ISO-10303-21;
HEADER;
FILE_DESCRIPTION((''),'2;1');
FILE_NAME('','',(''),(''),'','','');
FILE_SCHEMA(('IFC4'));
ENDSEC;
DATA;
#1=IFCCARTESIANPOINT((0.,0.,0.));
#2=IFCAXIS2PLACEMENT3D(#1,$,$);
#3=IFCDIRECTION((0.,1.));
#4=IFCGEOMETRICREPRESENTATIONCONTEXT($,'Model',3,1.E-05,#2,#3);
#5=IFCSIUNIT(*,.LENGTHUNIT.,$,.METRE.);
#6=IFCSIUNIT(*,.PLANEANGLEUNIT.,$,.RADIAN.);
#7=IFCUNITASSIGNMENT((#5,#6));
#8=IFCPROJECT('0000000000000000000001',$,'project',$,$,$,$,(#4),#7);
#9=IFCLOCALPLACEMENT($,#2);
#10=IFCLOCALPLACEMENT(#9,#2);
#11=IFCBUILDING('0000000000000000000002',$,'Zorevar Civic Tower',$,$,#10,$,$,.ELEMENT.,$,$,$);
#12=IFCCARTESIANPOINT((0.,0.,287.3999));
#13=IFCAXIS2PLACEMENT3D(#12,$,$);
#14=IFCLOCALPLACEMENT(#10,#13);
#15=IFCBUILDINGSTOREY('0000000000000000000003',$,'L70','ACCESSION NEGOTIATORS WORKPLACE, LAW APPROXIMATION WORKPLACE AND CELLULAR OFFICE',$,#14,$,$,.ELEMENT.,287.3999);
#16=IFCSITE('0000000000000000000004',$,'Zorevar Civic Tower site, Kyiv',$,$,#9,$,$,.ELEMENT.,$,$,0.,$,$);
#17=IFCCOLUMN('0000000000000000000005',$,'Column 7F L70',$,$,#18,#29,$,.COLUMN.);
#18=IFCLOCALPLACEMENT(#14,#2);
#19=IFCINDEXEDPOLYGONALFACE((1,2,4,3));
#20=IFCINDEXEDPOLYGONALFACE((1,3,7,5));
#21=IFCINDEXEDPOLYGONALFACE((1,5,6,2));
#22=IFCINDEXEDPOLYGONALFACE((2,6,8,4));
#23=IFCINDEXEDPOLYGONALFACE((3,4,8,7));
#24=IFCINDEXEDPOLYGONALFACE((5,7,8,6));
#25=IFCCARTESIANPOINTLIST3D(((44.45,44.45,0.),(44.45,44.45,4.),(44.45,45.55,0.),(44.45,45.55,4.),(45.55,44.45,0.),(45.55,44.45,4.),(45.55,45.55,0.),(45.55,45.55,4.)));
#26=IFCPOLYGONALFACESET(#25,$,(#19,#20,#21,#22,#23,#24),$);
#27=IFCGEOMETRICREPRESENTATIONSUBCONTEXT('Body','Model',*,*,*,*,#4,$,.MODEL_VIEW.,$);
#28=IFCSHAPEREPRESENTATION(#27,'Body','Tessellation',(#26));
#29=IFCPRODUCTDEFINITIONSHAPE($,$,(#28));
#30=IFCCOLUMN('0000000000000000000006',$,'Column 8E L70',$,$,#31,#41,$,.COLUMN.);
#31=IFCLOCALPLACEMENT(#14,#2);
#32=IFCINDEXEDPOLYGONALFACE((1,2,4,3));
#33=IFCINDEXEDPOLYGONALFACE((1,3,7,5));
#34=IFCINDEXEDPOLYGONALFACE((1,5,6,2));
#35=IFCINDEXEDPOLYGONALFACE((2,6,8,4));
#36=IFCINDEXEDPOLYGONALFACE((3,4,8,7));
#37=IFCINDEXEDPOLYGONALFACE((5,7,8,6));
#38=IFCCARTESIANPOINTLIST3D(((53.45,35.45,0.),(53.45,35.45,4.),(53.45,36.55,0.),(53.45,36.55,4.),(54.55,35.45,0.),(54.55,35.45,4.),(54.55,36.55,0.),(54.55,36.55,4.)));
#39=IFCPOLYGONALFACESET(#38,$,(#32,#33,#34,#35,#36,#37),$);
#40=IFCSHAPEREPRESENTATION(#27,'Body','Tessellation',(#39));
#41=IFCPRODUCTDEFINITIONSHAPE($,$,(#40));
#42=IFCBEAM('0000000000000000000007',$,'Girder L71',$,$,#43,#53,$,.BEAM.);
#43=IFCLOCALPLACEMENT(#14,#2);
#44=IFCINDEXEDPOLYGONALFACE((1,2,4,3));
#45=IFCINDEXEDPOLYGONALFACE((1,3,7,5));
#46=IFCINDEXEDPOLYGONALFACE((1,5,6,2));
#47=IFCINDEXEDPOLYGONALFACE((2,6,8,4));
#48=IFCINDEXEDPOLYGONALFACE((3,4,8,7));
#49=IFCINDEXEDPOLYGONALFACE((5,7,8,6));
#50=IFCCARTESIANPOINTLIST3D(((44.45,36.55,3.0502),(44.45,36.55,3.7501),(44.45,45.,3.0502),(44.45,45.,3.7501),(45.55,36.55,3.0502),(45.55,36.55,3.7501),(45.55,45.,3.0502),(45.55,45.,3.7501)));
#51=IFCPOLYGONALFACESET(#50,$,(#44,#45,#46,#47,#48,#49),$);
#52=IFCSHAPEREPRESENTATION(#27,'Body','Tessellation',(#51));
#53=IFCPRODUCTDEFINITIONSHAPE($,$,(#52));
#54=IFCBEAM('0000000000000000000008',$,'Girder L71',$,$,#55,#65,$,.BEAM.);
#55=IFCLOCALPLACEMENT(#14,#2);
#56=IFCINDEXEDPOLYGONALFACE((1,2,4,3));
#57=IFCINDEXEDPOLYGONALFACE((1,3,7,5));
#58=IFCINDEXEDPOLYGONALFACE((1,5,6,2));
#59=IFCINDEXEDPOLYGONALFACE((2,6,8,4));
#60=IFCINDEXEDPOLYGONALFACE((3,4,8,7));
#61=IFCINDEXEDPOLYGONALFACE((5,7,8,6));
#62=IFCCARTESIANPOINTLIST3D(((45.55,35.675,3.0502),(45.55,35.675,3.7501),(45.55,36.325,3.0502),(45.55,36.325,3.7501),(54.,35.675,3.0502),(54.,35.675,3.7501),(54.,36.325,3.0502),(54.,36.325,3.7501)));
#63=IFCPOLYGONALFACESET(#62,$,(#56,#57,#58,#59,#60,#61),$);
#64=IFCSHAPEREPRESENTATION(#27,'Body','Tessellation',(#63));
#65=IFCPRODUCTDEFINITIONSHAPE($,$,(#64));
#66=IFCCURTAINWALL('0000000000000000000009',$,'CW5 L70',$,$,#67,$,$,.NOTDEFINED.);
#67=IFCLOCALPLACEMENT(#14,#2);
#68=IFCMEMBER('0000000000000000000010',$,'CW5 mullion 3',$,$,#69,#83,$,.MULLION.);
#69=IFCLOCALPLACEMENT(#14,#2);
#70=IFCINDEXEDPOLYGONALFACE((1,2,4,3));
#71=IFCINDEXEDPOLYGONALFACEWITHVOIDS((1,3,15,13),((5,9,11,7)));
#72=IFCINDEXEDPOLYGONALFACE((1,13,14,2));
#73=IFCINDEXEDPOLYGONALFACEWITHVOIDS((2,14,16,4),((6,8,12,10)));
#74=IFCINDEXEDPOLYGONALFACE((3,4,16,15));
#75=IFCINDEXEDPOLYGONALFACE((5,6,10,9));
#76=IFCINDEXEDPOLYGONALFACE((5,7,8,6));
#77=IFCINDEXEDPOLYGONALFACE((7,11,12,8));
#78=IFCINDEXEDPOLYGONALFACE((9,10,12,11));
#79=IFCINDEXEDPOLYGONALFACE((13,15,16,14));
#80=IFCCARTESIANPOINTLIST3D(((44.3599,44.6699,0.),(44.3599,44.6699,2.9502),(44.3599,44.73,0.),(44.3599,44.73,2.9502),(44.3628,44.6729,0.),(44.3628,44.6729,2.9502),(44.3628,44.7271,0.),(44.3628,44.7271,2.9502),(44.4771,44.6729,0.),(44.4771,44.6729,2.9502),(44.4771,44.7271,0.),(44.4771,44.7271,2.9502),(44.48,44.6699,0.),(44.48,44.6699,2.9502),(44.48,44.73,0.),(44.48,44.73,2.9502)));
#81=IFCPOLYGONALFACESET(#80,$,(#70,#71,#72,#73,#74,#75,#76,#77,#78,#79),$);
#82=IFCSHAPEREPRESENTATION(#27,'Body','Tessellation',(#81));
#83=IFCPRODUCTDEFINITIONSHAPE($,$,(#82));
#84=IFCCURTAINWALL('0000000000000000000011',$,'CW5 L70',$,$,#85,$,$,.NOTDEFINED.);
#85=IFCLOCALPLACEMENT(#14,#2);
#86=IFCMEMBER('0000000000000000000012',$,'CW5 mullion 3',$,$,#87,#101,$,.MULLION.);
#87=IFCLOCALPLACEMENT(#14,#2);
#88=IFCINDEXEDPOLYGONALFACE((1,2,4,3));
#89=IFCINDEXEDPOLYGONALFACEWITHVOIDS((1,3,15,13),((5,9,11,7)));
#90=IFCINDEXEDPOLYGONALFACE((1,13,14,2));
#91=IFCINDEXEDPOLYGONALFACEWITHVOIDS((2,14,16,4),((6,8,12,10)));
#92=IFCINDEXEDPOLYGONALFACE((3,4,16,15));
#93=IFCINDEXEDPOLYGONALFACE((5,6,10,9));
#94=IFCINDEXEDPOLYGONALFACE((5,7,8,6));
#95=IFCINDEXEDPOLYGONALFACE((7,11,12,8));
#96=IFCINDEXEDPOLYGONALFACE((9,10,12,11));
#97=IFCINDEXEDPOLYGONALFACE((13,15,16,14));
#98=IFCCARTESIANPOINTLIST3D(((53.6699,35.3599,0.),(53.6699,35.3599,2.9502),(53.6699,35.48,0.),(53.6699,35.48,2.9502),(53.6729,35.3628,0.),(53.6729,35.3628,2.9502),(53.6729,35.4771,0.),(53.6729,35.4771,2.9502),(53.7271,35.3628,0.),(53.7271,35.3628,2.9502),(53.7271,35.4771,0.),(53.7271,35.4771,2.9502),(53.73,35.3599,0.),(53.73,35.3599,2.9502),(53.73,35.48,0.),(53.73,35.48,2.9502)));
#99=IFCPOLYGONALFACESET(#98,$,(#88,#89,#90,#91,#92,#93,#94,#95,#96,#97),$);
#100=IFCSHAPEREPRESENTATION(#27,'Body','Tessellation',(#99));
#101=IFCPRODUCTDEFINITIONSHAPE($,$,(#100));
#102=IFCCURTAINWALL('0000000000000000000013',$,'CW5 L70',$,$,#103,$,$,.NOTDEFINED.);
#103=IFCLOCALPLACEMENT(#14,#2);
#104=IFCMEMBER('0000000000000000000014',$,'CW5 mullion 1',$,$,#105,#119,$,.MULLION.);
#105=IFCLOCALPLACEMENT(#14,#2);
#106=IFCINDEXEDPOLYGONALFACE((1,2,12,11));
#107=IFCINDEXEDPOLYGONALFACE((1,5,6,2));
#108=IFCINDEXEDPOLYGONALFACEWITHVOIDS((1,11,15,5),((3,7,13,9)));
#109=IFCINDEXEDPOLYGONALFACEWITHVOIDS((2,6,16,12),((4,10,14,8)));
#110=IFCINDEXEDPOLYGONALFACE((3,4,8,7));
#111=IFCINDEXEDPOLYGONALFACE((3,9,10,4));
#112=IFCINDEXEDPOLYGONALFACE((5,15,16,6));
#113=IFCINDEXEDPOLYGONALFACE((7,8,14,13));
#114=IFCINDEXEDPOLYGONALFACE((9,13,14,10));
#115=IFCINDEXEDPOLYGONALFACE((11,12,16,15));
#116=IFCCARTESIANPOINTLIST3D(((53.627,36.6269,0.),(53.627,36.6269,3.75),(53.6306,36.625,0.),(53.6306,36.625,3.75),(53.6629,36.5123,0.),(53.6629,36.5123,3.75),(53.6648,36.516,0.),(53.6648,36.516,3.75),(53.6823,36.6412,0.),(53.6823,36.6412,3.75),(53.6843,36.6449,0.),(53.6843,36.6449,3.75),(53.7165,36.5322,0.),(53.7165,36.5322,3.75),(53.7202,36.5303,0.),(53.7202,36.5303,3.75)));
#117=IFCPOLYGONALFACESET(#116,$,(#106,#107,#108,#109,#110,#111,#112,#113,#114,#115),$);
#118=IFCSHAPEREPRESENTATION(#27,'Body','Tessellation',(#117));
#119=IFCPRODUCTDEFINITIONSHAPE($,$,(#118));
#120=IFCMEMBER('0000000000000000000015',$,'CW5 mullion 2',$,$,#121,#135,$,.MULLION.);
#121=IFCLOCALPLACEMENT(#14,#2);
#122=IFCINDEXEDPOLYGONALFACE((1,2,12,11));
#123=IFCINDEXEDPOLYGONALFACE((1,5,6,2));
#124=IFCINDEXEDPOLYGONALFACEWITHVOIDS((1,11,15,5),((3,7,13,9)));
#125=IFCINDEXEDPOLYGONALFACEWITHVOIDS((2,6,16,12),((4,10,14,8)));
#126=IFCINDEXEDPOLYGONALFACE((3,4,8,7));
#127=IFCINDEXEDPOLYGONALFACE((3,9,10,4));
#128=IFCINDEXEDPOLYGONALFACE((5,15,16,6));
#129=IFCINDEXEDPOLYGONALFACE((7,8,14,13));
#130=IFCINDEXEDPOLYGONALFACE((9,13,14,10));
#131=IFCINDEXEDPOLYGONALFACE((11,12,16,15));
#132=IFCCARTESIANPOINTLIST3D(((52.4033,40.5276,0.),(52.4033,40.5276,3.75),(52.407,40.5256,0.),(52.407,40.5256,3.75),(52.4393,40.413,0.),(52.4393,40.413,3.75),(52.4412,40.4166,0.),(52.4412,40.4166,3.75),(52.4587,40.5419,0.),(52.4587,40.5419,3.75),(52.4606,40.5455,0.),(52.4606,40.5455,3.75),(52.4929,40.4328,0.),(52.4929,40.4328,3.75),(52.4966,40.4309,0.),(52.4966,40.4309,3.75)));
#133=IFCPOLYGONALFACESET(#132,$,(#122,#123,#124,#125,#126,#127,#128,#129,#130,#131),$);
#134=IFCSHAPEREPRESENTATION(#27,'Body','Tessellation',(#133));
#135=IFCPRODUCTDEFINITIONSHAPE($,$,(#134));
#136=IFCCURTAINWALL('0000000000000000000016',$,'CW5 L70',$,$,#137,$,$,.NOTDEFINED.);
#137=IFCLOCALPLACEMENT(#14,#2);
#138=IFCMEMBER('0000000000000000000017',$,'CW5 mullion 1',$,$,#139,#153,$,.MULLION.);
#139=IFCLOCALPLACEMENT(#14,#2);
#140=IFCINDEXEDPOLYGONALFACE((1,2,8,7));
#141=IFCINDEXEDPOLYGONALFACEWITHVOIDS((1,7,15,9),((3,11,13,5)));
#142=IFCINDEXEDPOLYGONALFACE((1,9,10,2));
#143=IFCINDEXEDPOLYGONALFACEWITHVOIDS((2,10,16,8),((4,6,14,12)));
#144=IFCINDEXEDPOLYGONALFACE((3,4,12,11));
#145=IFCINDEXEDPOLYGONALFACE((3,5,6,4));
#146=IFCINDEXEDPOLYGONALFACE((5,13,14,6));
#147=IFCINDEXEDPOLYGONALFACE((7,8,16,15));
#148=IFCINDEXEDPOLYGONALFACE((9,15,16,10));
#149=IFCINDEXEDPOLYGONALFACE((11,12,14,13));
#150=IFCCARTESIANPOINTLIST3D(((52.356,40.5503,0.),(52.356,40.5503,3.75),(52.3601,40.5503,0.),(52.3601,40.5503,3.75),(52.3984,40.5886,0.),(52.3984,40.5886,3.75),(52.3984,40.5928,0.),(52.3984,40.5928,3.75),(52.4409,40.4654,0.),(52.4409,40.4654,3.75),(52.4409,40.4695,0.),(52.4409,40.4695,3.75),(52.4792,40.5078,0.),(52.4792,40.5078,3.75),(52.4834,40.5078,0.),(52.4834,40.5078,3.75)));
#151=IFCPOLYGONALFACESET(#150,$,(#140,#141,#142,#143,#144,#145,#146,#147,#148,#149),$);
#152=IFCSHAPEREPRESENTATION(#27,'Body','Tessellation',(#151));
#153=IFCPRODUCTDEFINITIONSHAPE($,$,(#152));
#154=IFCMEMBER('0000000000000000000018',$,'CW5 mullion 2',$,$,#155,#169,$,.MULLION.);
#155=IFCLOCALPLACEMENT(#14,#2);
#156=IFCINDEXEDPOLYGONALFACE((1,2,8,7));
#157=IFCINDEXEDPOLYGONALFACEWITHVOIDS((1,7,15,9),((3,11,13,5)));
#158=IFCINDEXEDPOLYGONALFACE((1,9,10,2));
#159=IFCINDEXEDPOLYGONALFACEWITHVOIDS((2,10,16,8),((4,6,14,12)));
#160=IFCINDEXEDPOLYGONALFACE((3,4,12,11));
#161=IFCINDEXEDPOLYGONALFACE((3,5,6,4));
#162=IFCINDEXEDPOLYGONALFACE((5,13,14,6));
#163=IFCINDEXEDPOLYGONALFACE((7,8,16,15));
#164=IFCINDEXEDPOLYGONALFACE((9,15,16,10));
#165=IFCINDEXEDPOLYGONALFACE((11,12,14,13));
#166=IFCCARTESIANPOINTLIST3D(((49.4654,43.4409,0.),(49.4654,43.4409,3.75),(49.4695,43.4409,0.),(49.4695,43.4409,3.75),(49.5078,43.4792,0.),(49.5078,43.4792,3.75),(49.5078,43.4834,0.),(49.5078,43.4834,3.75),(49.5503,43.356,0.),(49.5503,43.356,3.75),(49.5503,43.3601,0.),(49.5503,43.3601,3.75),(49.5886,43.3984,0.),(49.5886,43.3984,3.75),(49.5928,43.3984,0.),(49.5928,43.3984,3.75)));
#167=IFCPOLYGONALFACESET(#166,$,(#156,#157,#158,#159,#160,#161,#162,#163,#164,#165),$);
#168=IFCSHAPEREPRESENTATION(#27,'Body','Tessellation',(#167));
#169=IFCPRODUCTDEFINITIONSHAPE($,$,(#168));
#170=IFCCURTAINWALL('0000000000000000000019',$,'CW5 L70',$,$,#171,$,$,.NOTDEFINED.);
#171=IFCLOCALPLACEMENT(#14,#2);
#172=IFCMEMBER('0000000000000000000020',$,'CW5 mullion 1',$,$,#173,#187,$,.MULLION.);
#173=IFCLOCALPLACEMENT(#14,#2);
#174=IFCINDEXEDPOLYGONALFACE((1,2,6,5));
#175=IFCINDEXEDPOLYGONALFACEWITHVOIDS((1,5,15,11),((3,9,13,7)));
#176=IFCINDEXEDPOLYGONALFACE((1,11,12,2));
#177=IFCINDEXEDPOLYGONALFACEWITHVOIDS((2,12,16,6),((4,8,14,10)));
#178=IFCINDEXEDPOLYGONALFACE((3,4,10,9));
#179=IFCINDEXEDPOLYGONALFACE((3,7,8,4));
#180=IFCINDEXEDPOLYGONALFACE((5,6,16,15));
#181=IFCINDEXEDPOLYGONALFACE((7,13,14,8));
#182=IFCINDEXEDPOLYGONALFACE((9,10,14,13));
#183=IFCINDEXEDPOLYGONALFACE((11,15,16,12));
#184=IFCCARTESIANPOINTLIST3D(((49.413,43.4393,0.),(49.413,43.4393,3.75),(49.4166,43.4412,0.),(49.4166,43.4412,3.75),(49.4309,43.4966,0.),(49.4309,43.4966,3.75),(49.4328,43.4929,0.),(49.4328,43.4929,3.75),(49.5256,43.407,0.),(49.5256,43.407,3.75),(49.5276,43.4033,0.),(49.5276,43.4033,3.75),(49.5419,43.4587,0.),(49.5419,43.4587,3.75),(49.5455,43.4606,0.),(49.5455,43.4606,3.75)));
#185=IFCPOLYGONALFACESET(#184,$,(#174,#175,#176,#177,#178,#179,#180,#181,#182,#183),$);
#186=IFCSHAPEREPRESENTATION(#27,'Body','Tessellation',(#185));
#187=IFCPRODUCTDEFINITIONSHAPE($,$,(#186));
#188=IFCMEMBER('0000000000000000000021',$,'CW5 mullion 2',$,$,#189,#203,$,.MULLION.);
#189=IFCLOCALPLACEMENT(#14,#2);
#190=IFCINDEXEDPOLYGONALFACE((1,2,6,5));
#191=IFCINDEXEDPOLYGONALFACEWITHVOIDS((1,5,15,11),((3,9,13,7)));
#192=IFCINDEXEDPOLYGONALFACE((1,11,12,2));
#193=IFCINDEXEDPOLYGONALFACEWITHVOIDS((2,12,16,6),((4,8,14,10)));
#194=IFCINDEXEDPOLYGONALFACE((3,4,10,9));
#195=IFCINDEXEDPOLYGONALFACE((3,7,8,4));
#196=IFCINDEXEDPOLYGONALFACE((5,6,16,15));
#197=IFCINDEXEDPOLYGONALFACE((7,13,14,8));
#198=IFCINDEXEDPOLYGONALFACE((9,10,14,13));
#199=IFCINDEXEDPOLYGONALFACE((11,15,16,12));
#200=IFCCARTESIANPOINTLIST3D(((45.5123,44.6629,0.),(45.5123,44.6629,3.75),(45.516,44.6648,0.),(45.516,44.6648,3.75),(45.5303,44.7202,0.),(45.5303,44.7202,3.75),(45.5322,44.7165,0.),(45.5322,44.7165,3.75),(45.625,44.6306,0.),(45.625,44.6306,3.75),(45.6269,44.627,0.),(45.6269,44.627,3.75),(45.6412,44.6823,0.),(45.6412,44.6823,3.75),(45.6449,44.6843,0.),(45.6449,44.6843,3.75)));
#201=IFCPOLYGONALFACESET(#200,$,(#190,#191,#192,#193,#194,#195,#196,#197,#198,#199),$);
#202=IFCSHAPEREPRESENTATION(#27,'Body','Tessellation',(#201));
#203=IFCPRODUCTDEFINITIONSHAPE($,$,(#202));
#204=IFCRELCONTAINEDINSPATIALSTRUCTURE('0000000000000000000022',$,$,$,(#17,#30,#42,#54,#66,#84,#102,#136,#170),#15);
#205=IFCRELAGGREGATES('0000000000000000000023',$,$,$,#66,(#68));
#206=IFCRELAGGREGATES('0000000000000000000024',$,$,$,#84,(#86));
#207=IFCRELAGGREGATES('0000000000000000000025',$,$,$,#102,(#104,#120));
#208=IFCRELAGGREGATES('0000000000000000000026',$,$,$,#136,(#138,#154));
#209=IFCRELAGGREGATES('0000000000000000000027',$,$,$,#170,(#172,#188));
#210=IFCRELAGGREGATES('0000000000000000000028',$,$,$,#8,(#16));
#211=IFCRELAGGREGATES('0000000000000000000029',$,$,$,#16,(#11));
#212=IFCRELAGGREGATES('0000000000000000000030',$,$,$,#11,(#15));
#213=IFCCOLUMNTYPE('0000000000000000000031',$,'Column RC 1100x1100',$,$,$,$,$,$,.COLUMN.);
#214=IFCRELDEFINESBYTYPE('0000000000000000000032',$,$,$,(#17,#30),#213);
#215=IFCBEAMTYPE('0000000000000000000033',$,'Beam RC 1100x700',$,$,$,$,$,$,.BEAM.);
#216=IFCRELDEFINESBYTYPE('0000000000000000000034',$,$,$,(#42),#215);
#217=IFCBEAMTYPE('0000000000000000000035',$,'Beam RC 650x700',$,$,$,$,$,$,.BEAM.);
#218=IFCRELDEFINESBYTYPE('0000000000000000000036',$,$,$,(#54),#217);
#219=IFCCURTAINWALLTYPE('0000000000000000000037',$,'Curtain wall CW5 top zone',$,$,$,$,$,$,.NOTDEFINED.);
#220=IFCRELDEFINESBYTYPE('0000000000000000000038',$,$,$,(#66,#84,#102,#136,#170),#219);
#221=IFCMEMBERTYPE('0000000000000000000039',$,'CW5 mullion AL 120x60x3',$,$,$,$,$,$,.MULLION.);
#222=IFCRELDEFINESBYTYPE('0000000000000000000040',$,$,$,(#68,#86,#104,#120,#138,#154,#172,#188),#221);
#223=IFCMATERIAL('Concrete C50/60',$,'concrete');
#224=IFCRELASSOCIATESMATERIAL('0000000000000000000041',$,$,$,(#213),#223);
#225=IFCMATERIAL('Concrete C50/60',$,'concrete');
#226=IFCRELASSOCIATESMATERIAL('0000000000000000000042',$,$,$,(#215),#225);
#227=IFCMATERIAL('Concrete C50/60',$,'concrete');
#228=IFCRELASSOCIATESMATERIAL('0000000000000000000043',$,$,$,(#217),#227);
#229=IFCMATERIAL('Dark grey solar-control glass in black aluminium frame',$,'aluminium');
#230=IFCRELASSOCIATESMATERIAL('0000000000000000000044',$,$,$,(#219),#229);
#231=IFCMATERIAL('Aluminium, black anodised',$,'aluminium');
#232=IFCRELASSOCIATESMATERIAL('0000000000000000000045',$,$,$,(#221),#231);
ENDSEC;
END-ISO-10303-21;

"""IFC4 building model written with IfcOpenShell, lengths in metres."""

from ifc_helpers import new_model, si_unit, direction, frame, origin, origin_2d, place, context, subcontext, project, spatial, rectangle, hollow_rectangle, extrude, material, material_profile, profile_set, type_object, element, aggregate, save


model = new_model("IFC4")

# Units and contexts
model_context = context("Model", 3, precision=1e-05, world=origin(), true_north=direction((0.0, 1.0)))
body_context = subcontext(model_context, "Body", "Model", "MODEL_VIEW")
ifc_project = project(units=[si_unit("LENGTHUNIT", "METRE"), si_unit("PLANEANGLEUNIT", "RADIAN")], contexts=[model_context])

# Site, building, storey
site_placement = place(None, origin())
site = spatial("IfcSite", under=ifc_project, at=site_placement, Name="Zorevar Civic Tower site, Kyiv", CompositionType="ELEMENT", RefElevation=0.0)
building_placement = place(site_placement, origin())
building = spatial("IfcBuilding", under=site, at=building_placement, Name="Zorevar Civic Tower", CompositionType="ELEMENT")
storey_placement = place(building_placement, frame((0.0, 0.0, 287.3999)))
storey = spatial("IfcBuildingStorey", under=building, at=storey_placement, Name="L70", Description="ACCESSION NEGOTIATORS WORKPLACE, LAW APPROXIMATION WORKPLACE AND CELLULAR OFFICE", CompositionType="ELEMENT", Elevation=287.3999)

# Columns
ifc_material_1 = material(Name="Concrete C50/60", Category="concrete")
ifc_material_profile_1 = material_profile(ifc_material_1, rectangle(XDim=1.1001, YDim=1.1001, at=origin_2d()), Name="RC 1100x1100")
ifc_profile_set_1 = profile_set([ifc_material_profile_1], Name="Concrete C50/60")
column_type = type_object("IfcColumnType", Name="Column RC 1100x1100", PredefinedType="COLUMN", material=ifc_profile_set_1)
for number, where, z_axis, x_axis, name in (
    (1, (45.0, 45.0, 0.0), (0.0, 0.0, 1.0), (1.0, 0.0, 0.0), "Column 7F L70"),
    (2, (54.0, 36.0, 0.0), (0.0, 0.0, 1.0), (1.0, 0.0, 0.0), "Column 8E L70"),
):
    element("IfcColumn", number, at=place(storey_placement, frame(where, z_axis=z_axis, x_axis=x_axis)), inside=storey, type_object=column_type, Name=name, PredefinedType="COLUMN", context=body_context, shape_type="SweptSolid", body=[
        extrude(rectangle(XDim=1.1001, YDim=1.1001, at=origin_2d()), origin(), (0.0, 0.0, 1.0), 4.0),
    ])

# Beams
ifc_material_2 = material(Name="Concrete C50/60", Category="concrete")
ifc_material_profile_2 = material_profile(ifc_material_2, rectangle(XDim=1.1001, YDim=0.7, at=origin_2d()), Name="RC 1100x700")
ifc_profile_set_2 = profile_set([ifc_material_profile_2], Name="Concrete C50/60")
beam_type_1 = type_object("IfcBeamType", Name="Beam RC 1100x700", PredefinedType="BEAM", material=ifc_profile_set_2)
beam_1_placement = place(storey_placement, frame((45.0, 36.55, 3.4001), z_axis=(0.0, 1.0, 0.0), x_axis=(-1.0, 0.0, 0.0)))
element("IfcBeam", 3, at=beam_1_placement, inside=storey, type_object=beam_type_1, Name="Girder L71", PredefinedType="BEAM", context=body_context, shape_type="SweptSolid", body=[
    extrude(rectangle(XDim=1.1001, YDim=0.7, at=origin_2d()), origin(), (0.0, 0.0, 1.0), 8.45),
])
ifc_material_3 = material(Name="Concrete C50/60", Category="concrete")
ifc_material_profile_3 = material_profile(ifc_material_3, rectangle(XDim=0.6499, YDim=0.7, at=origin_2d()), Name="RC 650x700")
ifc_profile_set_3 = profile_set([ifc_material_profile_3], Name="Concrete C50/60")
beam_type_2 = type_object("IfcBeamType", Name="Beam RC 650x700", PredefinedType="BEAM", material=ifc_profile_set_3)
beam_2_placement = place(storey_placement, frame((45.55, 36.0, 3.4001), z_axis=(1.0, 0.0, 0.0), x_axis=(0.0, 1.0, 0.0)))
element("IfcBeam", 4, at=beam_2_placement, inside=storey, type_object=beam_type_2, Name="Girder L71", PredefinedType="BEAM", context=body_context, shape_type="SweptSolid", body=[
    extrude(rectangle(XDim=0.6499, YDim=0.7, at=origin_2d()), origin(), (0.0, 0.0, 1.0), 8.45),
])

# Curtain walls, members
ifc_material_4 = material(Name="Dark grey solar-control glass in black aluminium frame", Category="aluminium")
curtain_wall_type = type_object("IfcCurtainWallType", Name="Curtain wall CW5 top zone", PredefinedType="NOTDEFINED", material=ifc_material_4)
curtain_wall_1_placement = place(storey_placement, origin())
curtain_wall_1 = element("IfcCurtainWall", 5, at=curtain_wall_1_placement, inside=storey, type_object=curtain_wall_type, Name="CW5 L70", PredefinedType="NOTDEFINED")
ifc_material_5 = material(Name="Aluminium, black anodised", Category="aluminium")
ifc_material_profile_4 = material_profile(ifc_material_5, hollow_rectangle(XDim=0.0601, YDim=0.1201, WallThickness=0.0029, at=origin_2d()), Name="AL 120x60x3")
ifc_profile_set_4 = profile_set([ifc_material_profile_4], Name="Aluminium, black anodised")
member_type_1 = type_object("IfcMemberType", Name="CW5 mullion AL 120x60x3", PredefinedType="MULLION", material=ifc_profile_set_4)
member_1_placement = place(storey_placement, frame((44.4199, 44.7, 0.0), z_axis=(0.0, 0.0, 1.0), x_axis=(0.0, 1.0, 0.0)))
member_1 = element("IfcMember", 6, at=member_1_placement, type_object=member_type_1, Name="CW5 mullion 3", PredefinedType="MULLION", context=body_context, shape_type="SweptSolid", body=[
    extrude(hollow_rectangle(XDim=0.0601, YDim=0.1201, WallThickness=0.0029, at=origin_2d()), origin(), (0.0, 0.0, 1.0), 2.9502),
])
aggregate(curtain_wall_1, [member_1])
curtain_wall_2_placement = place(storey_placement, origin())
curtain_wall_2 = element("IfcCurtainWall", 7, at=curtain_wall_2_placement, inside=storey, type_object=curtain_wall_type, Name="CW5 L70", PredefinedType="NOTDEFINED")
member_2_placement = place(storey_placement, frame((53.7, 35.4199, 0.0), z_axis=(0.0, 0.0, 1.0), x_axis=(-1.0, 0.0, 0.0)))
member_2 = element("IfcMember", 8, at=member_2_placement, type_object=member_type_1, Name="CW5 mullion 3", PredefinedType="MULLION", context=body_context, shape_type="SweptSolid", body=[
    extrude(hollow_rectangle(XDim=0.0601, YDim=0.1201, WallThickness=0.0029, at=origin_2d()), origin(), (0.0, 0.0, 1.0), 2.9502),
])

# Curtain walls, members
curtain_wall_3_placement = place(storey_placement, origin())
curtain_wall_3 = element("IfcCurtainWall", 9, at=curtain_wall_3_placement, inside=storey, type_object=curtain_wall_type, Name="CW5 L70", PredefinedType="NOTDEFINED")
member_3_placement = place(storey_placement, frame((53.6736, 36.5786, 0.0), z_axis=(0.0, 0.0, 1.0), x_axis=(-0.954153, -0.299318, 0.0)))
member_3 = element("IfcMember", 10, at=member_3_placement, type_object=member_type_1, Name="CW5 mullion 1", PredefinedType="MULLION", context=body_context, shape_type="SweptSolid", body=[
    extrude(hollow_rectangle(XDim=0.0601, YDim=0.1201, WallThickness=0.0029, at=origin_2d()), origin(), (0.0, 0.0, 1.0), 3.75),
])
member_4_placement = place(storey_placement, frame((52.45, 40.4792, 0.0), z_axis=(0.0, 0.0, 1.0), x_axis=(-0.954153, -0.299318, 0.0)))
member_4 = element("IfcMember", 11, at=member_4_placement, type_object=member_type_1, Name="CW5 mullion 2", PredefinedType="MULLION", context=body_context, shape_type="SweptSolid", body=[
    extrude(hollow_rectangle(XDim=0.0601, YDim=0.1201, WallThickness=0.0029, at=origin_2d()), origin(), (0.0, 0.0, 1.0), 3.75),
])
curtain_wall_4_placement = place(storey_placement, origin())
curtain_wall_4 = element("IfcCurtainWall", 12, at=curtain_wall_4_placement, inside=storey, type_object=curtain_wall_type, Name="CW5 L70", PredefinedType="NOTDEFINED")
member_5_placement = place(storey_placement, frame((52.4197, 40.5291, 0.0), z_axis=(0.0, 0.0, 1.0), x_axis=(-0.707107, -0.707107, 0.0)))
member_5 = element("IfcMember", 13, at=member_5_placement, type_object=member_type_1, Name="CW5 mullion 1", PredefinedType="MULLION", context=body_context, shape_type="SweptSolid", body=[
    extrude(hollow_rectangle(XDim=0.0601, YDim=0.1201, WallThickness=0.0029, at=origin_2d()), origin(), (0.0, 0.0, 1.0), 3.75),
])
member_6_placement = place(storey_placement, frame((49.5291, 43.4197, 0.0), z_axis=(0.0, 0.0, 1.0), x_axis=(-0.707107, -0.707107, 0.0)))
member_6 = element("IfcMember", 14, at=member_6_placement, type_object=member_type_1, Name="CW5 mullion 2", PredefinedType="MULLION", context=body_context, shape_type="SweptSolid", body=[
    extrude(hollow_rectangle(XDim=0.0601, YDim=0.1201, WallThickness=0.0029, at=origin_2d()), origin(), (0.0, 0.0, 1.0), 3.75),
])
curtain_wall_5_placement = place(storey_placement, origin())
curtain_wall_5 = element("IfcCurtainWall", 15, at=curtain_wall_5_placement, inside=storey, type_object=curtain_wall_type, Name="CW5 L70", PredefinedType="NOTDEFINED")
member_7_placement = place(storey_placement, frame((49.4792, 43.45, 0.0), z_axis=(0.0, 0.0, 1.0), x_axis=(-0.299318, -0.954153, 0.0)))
member_7 = element("IfcMember", 16, at=member_7_placement, type_object=member_type_1, Name="CW5 mullion 1", PredefinedType="MULLION", context=body_context, shape_type="SweptSolid", body=[
    extrude(hollow_rectangle(XDim=0.0601, YDim=0.1201, WallThickness=0.0029, at=origin_2d()), origin(), (0.0, 0.0, 1.0), 3.75),
])
member_8_placement = place(storey_placement, frame((45.5786, 44.6736, 0.0), z_axis=(0.0, 0.0, 1.0), x_axis=(-0.299318, -0.954153, 0.0)))
member_8 = element("IfcMember", 17, at=member_8_placement, type_object=member_type_1, Name="CW5 mullion 2", PredefinedType="MULLION", context=body_context, shape_type="SweptSolid", body=[
    extrude(hollow_rectangle(XDim=0.0601, YDim=0.1201, WallThickness=0.0029, at=origin_2d()), origin(), (0.0, 0.0, 1.0), 3.75),
])

aggregate(curtain_wall_2, [member_2])
aggregate(curtain_wall_3, [member_3, member_4])
aggregate(curtain_wall_4, [member_5, member_6])
aggregate(curtain_wall_5, [member_7, member_8])

save(model, "model.ifc")
